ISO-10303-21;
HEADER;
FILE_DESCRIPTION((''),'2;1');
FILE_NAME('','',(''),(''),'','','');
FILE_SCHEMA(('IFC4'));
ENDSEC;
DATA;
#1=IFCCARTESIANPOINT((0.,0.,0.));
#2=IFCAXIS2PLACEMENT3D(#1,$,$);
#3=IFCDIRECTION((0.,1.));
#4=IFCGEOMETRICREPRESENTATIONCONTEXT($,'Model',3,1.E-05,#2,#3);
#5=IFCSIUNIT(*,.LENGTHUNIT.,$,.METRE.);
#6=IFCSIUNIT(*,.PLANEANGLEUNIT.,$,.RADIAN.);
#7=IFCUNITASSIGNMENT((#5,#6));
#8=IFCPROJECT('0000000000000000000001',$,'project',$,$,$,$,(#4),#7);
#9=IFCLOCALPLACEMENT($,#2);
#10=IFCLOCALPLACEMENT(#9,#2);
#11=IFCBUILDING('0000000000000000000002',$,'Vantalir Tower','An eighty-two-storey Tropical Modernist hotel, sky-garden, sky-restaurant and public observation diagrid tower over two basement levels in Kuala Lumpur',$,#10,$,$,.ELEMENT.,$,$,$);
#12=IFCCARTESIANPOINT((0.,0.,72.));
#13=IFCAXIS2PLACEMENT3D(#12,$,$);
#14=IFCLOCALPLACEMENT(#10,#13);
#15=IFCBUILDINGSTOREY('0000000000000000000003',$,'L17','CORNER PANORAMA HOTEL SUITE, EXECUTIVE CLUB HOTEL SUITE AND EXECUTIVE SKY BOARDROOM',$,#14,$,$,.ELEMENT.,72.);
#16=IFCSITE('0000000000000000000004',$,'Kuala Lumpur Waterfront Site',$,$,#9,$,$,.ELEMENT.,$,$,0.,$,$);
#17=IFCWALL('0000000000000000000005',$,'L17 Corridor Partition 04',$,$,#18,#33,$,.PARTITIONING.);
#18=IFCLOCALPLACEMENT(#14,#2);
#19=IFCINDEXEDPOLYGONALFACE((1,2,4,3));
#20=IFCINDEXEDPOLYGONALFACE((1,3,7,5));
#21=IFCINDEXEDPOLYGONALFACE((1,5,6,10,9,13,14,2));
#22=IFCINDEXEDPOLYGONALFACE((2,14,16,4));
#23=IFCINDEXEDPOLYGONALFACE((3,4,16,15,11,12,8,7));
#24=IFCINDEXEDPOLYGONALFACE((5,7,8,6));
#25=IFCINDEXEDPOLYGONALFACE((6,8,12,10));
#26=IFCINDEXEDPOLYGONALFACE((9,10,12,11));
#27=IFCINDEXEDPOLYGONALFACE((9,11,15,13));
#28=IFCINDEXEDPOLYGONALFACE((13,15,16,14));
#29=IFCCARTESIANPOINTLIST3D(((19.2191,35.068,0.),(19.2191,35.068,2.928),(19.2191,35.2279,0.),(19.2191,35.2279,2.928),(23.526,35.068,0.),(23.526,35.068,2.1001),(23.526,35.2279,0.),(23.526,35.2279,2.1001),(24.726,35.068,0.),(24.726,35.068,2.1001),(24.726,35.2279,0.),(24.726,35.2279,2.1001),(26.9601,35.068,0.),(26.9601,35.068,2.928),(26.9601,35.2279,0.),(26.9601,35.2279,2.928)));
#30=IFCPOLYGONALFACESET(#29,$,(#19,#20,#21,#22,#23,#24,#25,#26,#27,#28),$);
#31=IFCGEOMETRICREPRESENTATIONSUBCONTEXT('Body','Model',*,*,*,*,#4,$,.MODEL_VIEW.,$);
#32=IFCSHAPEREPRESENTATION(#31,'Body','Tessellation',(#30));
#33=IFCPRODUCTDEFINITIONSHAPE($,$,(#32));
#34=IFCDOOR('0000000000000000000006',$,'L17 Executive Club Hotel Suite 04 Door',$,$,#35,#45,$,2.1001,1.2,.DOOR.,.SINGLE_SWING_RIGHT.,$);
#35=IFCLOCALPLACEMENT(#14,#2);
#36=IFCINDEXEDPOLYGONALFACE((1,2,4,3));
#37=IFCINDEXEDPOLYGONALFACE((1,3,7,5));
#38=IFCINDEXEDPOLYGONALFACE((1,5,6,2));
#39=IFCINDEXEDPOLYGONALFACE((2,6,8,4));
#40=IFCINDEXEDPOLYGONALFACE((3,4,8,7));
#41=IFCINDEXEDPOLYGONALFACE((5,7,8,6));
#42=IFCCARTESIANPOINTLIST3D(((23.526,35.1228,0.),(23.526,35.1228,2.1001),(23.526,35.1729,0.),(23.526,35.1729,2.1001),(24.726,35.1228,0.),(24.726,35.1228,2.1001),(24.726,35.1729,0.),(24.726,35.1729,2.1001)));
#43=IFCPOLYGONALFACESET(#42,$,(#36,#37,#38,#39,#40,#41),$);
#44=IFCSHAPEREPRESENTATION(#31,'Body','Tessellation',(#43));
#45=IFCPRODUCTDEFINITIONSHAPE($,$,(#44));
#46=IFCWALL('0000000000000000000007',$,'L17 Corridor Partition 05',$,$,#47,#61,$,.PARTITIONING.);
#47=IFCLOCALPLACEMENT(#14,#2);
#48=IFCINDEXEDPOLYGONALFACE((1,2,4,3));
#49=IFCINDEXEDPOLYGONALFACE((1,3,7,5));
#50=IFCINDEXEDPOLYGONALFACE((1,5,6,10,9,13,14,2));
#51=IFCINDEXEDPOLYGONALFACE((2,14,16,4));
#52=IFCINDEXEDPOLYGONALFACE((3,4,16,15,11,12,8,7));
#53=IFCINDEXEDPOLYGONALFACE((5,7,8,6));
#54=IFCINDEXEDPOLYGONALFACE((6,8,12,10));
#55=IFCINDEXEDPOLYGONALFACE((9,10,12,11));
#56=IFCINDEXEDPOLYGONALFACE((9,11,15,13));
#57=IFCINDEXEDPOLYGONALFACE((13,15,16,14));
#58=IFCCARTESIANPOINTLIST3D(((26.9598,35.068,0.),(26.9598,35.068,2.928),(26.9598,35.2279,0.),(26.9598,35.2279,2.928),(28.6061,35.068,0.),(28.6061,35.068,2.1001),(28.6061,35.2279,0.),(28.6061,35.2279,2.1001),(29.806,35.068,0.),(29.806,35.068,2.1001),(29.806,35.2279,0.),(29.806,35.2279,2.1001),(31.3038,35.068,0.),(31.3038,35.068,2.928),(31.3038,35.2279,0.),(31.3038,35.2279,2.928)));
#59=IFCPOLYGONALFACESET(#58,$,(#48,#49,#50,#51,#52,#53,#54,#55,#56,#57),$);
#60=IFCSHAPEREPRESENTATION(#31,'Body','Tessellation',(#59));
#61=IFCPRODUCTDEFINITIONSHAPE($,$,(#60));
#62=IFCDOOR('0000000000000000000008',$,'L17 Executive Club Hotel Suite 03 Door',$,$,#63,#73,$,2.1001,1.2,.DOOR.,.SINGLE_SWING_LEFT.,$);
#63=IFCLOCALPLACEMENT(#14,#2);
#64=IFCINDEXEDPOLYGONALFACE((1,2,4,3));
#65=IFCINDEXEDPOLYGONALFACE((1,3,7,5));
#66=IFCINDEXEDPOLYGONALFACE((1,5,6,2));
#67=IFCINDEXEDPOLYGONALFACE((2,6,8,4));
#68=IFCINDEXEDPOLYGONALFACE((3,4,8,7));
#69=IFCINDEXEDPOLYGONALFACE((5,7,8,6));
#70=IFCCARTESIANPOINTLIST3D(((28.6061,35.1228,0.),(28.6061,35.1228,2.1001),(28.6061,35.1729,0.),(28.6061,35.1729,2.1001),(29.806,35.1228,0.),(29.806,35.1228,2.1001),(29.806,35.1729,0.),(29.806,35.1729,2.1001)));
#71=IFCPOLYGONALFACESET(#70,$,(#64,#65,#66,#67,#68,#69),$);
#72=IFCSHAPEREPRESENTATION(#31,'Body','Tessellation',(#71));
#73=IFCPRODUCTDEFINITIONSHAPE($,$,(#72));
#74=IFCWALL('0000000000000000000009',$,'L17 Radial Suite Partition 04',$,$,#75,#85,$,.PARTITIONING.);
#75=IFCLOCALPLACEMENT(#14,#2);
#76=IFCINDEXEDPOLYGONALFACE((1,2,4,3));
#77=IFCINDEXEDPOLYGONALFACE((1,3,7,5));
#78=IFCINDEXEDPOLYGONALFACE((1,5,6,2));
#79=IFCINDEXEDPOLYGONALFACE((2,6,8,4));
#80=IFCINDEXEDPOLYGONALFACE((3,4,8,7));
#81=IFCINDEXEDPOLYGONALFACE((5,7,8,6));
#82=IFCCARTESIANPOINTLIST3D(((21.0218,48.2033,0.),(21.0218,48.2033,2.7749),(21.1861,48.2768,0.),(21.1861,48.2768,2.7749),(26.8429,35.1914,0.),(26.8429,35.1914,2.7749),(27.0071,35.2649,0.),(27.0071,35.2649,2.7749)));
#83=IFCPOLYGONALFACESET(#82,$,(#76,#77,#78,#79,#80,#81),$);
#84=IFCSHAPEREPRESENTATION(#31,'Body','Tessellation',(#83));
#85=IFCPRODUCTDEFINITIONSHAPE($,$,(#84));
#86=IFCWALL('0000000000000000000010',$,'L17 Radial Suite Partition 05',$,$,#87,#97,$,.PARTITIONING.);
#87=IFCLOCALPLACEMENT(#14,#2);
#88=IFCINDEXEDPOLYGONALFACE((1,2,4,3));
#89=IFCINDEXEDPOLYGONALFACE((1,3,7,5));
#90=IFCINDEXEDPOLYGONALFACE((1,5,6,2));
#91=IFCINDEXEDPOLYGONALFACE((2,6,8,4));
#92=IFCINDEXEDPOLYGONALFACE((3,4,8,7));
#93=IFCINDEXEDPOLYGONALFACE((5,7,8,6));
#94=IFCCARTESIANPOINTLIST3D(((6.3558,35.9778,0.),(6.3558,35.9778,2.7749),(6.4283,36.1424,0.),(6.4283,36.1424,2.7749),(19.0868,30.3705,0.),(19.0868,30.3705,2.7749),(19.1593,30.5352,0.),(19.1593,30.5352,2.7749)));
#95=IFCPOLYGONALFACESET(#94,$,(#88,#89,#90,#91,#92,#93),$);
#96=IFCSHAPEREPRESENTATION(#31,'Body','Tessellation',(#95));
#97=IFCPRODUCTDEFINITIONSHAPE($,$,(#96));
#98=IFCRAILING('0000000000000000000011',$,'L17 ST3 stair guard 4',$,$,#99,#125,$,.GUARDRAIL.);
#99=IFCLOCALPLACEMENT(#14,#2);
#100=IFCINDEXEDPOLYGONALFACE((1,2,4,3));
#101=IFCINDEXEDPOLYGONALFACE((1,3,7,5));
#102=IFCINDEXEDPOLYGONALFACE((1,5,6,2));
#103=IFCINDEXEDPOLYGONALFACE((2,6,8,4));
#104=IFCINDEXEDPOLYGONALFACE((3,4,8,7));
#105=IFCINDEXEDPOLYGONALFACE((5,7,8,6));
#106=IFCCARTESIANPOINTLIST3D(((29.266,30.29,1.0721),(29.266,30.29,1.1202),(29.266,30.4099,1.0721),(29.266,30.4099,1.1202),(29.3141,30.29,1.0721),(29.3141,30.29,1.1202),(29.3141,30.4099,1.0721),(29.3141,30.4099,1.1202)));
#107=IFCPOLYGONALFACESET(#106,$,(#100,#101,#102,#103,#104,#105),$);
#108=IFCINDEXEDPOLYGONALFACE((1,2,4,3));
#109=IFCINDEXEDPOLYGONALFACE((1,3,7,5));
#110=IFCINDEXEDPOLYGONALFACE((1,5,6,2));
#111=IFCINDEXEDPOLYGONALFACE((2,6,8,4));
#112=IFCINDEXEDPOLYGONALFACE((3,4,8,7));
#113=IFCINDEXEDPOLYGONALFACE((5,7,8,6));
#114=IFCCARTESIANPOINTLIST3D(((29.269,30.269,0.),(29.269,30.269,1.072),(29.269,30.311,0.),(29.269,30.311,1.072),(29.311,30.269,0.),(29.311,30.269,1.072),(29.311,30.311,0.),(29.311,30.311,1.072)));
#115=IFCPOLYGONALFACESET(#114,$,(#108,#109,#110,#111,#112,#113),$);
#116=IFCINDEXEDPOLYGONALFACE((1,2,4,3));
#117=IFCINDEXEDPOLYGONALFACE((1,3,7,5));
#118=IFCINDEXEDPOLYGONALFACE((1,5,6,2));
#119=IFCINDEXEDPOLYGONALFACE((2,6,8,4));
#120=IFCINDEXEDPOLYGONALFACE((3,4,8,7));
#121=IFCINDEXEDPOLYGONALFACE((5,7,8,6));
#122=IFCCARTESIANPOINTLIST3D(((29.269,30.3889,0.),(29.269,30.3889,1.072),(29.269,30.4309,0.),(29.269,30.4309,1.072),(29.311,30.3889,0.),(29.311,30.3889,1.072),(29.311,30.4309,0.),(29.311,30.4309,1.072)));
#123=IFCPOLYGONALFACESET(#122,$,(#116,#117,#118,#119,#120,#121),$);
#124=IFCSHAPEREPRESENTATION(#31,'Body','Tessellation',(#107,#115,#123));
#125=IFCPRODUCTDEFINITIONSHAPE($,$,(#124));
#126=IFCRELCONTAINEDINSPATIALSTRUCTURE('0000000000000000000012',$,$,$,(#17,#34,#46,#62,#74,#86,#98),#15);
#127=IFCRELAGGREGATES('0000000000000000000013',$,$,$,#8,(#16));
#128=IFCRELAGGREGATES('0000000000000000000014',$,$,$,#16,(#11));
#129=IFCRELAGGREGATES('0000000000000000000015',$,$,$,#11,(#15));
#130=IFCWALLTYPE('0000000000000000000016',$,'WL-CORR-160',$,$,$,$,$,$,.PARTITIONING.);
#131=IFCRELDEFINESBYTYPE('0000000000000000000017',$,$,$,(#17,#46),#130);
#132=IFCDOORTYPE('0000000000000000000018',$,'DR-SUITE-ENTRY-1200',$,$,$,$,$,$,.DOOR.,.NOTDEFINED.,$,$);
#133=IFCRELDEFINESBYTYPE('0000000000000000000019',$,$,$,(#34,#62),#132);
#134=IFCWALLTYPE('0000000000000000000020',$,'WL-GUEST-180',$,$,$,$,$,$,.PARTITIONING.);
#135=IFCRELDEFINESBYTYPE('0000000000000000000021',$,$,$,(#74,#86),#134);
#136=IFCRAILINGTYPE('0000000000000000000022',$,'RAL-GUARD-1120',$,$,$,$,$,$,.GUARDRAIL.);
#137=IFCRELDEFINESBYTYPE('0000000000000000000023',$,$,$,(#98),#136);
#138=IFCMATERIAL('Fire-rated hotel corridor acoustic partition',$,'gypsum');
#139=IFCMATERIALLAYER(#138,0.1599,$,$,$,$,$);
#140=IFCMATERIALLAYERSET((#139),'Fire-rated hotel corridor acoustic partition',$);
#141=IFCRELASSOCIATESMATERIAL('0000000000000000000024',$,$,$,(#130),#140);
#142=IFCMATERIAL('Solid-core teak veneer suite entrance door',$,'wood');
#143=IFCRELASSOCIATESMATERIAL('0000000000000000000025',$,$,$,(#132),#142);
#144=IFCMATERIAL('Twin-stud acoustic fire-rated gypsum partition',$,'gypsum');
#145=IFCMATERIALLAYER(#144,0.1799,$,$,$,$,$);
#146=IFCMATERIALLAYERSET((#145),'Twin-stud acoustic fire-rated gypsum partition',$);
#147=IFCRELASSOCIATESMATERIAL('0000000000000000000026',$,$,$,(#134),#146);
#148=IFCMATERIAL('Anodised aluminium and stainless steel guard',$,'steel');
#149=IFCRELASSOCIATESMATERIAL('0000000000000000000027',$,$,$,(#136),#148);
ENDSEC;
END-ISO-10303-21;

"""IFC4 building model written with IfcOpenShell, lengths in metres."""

from ifc_helpers import new_model, si_unit, direction, frame, frame_2d, origin, origin_2d, place, context, subcontext, project, spatial, rectangle, extrude, material, layer, layer_set, type_object, element, fill, save


model = new_model("IFC4")

# Units and contexts
model_context = context("Model", 3, precision=1e-05, world=origin(), true_north=direction((0.0, 1.0)))
body_context = subcontext(model_context, "Body", "Model", "MODEL_VIEW")
ifc_project = project(units=[si_unit("LENGTHUNIT", "METRE"), si_unit("PLANEANGLEUNIT", "RADIAN")], contexts=[model_context])

# Site, building, storey
site_placement = place(None, origin())
site = spatial("IfcSite", under=ifc_project, at=site_placement, Name="Kuala Lumpur Waterfront Site", CompositionType="ELEMENT", RefElevation=0.0)
building_placement = place(site_placement, origin())
building = spatial("IfcBuilding", under=site, at=building_placement, Name="Vantalir Tower", Description="An eighty-two-storey Tropical Modernist hotel, sky-garden, sky-restaurant and public observation diagrid tower over two basement levels in Kuala Lumpur", CompositionType="ELEMENT")
storey_placement = place(building_placement, frame((0.0, 0.0, 72.0)))
storey = spatial("IfcBuildingStorey", under=building, at=storey_placement, Name="L17", Description="CORNER PANORAMA HOTEL SUITE, EXECUTIVE CLUB HOTEL SUITE AND EXECUTIVE SKY BOARDROOM", CompositionType="ELEMENT", Elevation=72.0)

# Shared definitions
ifc_material_1 = material(Name="Fire-rated hotel corridor acoustic partition", Category="gypsum")
ifc_layer_1 = layer(ifc_material_1, 0.1599)
ifc_layer_set_1 = layer_set([ifc_layer_1], Name="Fire-rated hotel corridor acoustic partition")
wall_type_1 = type_object("IfcWallType", Name="WL-CORR-160", PredefinedType="PARTITIONING", material=ifc_layer_set_1)

# Walls, openings, doors
wall_1_placement = place(storey_placement, frame((19.219, 35.1479, 0.0), z_axis=(0.0, 0.0, 1.0), x_axis=(1.0, 0.0, 0.0)))
wall_1 = element("IfcWall", 1, at=wall_1_placement, inside=storey, type_object=wall_type_1, Name="L17 Corridor Partition 04", PredefinedType="PARTITIONING", context=body_context, shape_type="SweptSolid", body=[
    extrude(rectangle(XDim=7.741, YDim=0.1599, at=frame_2d((3.8706, 0.0))), origin(), (0.0, 0.0, 1.0), 2.928),
])
opening_1_placement = place(wall_1_placement, frame((4.3069, 0.0, 0.0)))
opening_1 = element("IfcOpeningElement", 2, at=opening_1_placement, cuts=wall_1, PredefinedType="OPENING", context=body_context, shape_type="SweptSolid", body=[
    extrude(rectangle(XDim=1.2, YDim=2.1001, at=frame_2d((0.6001, 1.05))), frame((0.0, 0.0898, 0.0), z_axis=(0.0, -1.0, 0.0), x_axis=(1.0, 0.0, 0.0)), (0.0, 0.0, 1.0), 0.1799),
])
ifc_material_2 = material(Name="Solid-core teak veneer suite entrance door", Category="wood")
door_type_1 = type_object("IfcDoorType", Name="DR-SUITE-ENTRY-1200", OperationType="NOTDEFINED", PredefinedType="DOOR", material=ifc_material_2)
door_1_placement = place(opening_1_placement, origin())
door_1 = element("IfcDoor", 3, at=door_1_placement, inside=storey, type_object=door_type_1, Name="L17 Executive Club Hotel Suite 04 Door", OperationType="SINGLE_SWING_RIGHT", OverallHeight=2.1001, OverallWidth=1.2, PredefinedType="DOOR", context=body_context, shape_type="SweptSolid", body=[
    extrude(rectangle(XDim=1.2, YDim=2.1001, at=frame_2d((0.6001, 1.05))), frame((0.0, 0.0249, 0.0), z_axis=(0.0, -1.0, 0.0), x_axis=(1.0, 0.0, 0.0)), (0.0, 0.0, 1.0), 0.05),
])
fill(opening_1, door_1)
wall_2_placement = place(storey_placement, frame((26.96, 35.1479, 0.0), z_axis=(0.0, 0.0, 1.0), x_axis=(1.0, 0.0, 0.0)))
wall_2 = element("IfcWall", 4, at=wall_2_placement, inside=storey, type_object=wall_type_1, Name="L17 Corridor Partition 05", PredefinedType="PARTITIONING", context=body_context, shape_type="SweptSolid", body=[
    extrude(rectangle(XDim=4.344, YDim=0.1599, at=frame_2d((2.1719, 0.0))), origin(), (0.0, 0.0, 1.0), 2.928),
])
opening_2_placement = place(wall_2_placement, frame((1.646, 0.0, 0.0)))
opening_2 = element("IfcOpeningElement", 5, at=opening_2_placement, cuts=wall_2, PredefinedType="OPENING", context=body_context, shape_type="SweptSolid", body=[
    extrude(rectangle(XDim=1.2, YDim=2.1001, at=frame_2d((0.6001, 1.05))), frame((0.0, 0.0898, 0.0), z_axis=(0.0, -1.0, 0.0), x_axis=(1.0, 0.0, 0.0)), (0.0, 0.0, 1.0), 0.1799),
])
door_2_placement = place(opening_2_placement, origin())
door_2 = element("IfcDoor", 6, at=door_2_placement, inside=storey, type_object=door_type_1, Name="L17 Executive Club Hotel Suite 03 Door", OperationType="SINGLE_SWING_LEFT", OverallHeight=2.1001, OverallWidth=1.2, PredefinedType="DOOR", context=body_context, shape_type="SweptSolid", body=[
    extrude(rectangle(XDim=1.2, YDim=2.1001, at=frame_2d((0.6001, 1.05))), frame((0.0, 0.0249, 0.0), z_axis=(0.0, -1.0, 0.0), x_axis=(1.0, 0.0, 0.0)), (0.0, 0.0, 1.0), 0.05),
])
fill(opening_2, door_2)

# Walls
ifc_material_3 = material(Name="Twin-stud acoustic fire-rated gypsum partition", Category="gypsum")
ifc_layer_2 = layer(ifc_material_3, 0.1799)
ifc_layer_set_2 = layer_set([ifc_layer_2], Name="Twin-stud acoustic fire-rated gypsum partition")
wall_type_2 = type_object("IfcWallType", Name="WL-GUEST-180", PredefinedType="PARTITIONING", material=ifc_layer_set_2)
wall_3_placement = place(storey_placement, frame((26.925, 35.228, 0.0), z_axis=(0.0, 0.0, 1.0), x_axis=(-0.40836, 0.912821, 0.0)))
element("IfcWall", 7, at=wall_3_placement, inside=storey, type_object=wall_type_2, Name="L17 Radial Suite Partition 04", PredefinedType="PARTITIONING", context=body_context, shape_type="SweptSolid", body=[
    extrude(rectangle(XDim=14.2546, YDim=0.1799, at=frame_2d((7.1274, 0.0))), origin(), (0.0, 0.0, 1.0), 2.7749),
])
wall_4_placement = place(storey_placement, frame((19.123, 30.4529, 0.0), z_axis=(0.0, 0.0, 1.0), x_axis=(-0.915168, 0.403073, 0.0)))
element("IfcWall", 8, at=wall_4_placement, inside=storey, type_object=wall_type_2, Name="L17 Radial Suite Partition 05", PredefinedType="PARTITIONING", context=body_context, shape_type="SweptSolid", body=[
    extrude(rectangle(XDim=13.9111, YDim=0.1799, at=frame_2d((6.9556, 0.0))), origin(), (0.0, 0.0, 1.0), 2.7749),
])

# Railing
ifc_material_4 = material(Name="Anodised aluminium and stainless steel guard", Category="steel")
railing_type = type_object("IfcRailingType", Name="RAL-GUARD-1120", PredefinedType="GUARDRAIL", material=ifc_material_4)
railing_placement = place(storey_placement, frame((29.29, 30.29, 0.0)))
element("IfcRailing", 9, at=railing_placement, inside=storey, type_object=railing_type, Name="L17 ST3 stair guard 4", PredefinedType="GUARDRAIL", context=body_context, shape_type="SweptSolid", body=[
    extrude(rectangle(XDim=0.0481, YDim=0.0481, at=origin_2d()), frame((0.0, 0.0, 1.0962), z_axis=(0.0, 1.0, 0.0), x_axis=(-1.0, 0.0, 0.0)), (0.0, 0.0, 1.0), 0.1199),
    extrude(rectangle(XDim=0.042, YDim=0.042, at=origin_2d()), origin(), (0.0, 0.0, 1.0), 1.072),
    extrude(rectangle(XDim=0.042, YDim=0.042, at=origin_2d()), frame((0.0, 0.1199, 0.0)), (0.0, 0.0, 1.0), 1.072),
])

save(model, "model.ifc")
